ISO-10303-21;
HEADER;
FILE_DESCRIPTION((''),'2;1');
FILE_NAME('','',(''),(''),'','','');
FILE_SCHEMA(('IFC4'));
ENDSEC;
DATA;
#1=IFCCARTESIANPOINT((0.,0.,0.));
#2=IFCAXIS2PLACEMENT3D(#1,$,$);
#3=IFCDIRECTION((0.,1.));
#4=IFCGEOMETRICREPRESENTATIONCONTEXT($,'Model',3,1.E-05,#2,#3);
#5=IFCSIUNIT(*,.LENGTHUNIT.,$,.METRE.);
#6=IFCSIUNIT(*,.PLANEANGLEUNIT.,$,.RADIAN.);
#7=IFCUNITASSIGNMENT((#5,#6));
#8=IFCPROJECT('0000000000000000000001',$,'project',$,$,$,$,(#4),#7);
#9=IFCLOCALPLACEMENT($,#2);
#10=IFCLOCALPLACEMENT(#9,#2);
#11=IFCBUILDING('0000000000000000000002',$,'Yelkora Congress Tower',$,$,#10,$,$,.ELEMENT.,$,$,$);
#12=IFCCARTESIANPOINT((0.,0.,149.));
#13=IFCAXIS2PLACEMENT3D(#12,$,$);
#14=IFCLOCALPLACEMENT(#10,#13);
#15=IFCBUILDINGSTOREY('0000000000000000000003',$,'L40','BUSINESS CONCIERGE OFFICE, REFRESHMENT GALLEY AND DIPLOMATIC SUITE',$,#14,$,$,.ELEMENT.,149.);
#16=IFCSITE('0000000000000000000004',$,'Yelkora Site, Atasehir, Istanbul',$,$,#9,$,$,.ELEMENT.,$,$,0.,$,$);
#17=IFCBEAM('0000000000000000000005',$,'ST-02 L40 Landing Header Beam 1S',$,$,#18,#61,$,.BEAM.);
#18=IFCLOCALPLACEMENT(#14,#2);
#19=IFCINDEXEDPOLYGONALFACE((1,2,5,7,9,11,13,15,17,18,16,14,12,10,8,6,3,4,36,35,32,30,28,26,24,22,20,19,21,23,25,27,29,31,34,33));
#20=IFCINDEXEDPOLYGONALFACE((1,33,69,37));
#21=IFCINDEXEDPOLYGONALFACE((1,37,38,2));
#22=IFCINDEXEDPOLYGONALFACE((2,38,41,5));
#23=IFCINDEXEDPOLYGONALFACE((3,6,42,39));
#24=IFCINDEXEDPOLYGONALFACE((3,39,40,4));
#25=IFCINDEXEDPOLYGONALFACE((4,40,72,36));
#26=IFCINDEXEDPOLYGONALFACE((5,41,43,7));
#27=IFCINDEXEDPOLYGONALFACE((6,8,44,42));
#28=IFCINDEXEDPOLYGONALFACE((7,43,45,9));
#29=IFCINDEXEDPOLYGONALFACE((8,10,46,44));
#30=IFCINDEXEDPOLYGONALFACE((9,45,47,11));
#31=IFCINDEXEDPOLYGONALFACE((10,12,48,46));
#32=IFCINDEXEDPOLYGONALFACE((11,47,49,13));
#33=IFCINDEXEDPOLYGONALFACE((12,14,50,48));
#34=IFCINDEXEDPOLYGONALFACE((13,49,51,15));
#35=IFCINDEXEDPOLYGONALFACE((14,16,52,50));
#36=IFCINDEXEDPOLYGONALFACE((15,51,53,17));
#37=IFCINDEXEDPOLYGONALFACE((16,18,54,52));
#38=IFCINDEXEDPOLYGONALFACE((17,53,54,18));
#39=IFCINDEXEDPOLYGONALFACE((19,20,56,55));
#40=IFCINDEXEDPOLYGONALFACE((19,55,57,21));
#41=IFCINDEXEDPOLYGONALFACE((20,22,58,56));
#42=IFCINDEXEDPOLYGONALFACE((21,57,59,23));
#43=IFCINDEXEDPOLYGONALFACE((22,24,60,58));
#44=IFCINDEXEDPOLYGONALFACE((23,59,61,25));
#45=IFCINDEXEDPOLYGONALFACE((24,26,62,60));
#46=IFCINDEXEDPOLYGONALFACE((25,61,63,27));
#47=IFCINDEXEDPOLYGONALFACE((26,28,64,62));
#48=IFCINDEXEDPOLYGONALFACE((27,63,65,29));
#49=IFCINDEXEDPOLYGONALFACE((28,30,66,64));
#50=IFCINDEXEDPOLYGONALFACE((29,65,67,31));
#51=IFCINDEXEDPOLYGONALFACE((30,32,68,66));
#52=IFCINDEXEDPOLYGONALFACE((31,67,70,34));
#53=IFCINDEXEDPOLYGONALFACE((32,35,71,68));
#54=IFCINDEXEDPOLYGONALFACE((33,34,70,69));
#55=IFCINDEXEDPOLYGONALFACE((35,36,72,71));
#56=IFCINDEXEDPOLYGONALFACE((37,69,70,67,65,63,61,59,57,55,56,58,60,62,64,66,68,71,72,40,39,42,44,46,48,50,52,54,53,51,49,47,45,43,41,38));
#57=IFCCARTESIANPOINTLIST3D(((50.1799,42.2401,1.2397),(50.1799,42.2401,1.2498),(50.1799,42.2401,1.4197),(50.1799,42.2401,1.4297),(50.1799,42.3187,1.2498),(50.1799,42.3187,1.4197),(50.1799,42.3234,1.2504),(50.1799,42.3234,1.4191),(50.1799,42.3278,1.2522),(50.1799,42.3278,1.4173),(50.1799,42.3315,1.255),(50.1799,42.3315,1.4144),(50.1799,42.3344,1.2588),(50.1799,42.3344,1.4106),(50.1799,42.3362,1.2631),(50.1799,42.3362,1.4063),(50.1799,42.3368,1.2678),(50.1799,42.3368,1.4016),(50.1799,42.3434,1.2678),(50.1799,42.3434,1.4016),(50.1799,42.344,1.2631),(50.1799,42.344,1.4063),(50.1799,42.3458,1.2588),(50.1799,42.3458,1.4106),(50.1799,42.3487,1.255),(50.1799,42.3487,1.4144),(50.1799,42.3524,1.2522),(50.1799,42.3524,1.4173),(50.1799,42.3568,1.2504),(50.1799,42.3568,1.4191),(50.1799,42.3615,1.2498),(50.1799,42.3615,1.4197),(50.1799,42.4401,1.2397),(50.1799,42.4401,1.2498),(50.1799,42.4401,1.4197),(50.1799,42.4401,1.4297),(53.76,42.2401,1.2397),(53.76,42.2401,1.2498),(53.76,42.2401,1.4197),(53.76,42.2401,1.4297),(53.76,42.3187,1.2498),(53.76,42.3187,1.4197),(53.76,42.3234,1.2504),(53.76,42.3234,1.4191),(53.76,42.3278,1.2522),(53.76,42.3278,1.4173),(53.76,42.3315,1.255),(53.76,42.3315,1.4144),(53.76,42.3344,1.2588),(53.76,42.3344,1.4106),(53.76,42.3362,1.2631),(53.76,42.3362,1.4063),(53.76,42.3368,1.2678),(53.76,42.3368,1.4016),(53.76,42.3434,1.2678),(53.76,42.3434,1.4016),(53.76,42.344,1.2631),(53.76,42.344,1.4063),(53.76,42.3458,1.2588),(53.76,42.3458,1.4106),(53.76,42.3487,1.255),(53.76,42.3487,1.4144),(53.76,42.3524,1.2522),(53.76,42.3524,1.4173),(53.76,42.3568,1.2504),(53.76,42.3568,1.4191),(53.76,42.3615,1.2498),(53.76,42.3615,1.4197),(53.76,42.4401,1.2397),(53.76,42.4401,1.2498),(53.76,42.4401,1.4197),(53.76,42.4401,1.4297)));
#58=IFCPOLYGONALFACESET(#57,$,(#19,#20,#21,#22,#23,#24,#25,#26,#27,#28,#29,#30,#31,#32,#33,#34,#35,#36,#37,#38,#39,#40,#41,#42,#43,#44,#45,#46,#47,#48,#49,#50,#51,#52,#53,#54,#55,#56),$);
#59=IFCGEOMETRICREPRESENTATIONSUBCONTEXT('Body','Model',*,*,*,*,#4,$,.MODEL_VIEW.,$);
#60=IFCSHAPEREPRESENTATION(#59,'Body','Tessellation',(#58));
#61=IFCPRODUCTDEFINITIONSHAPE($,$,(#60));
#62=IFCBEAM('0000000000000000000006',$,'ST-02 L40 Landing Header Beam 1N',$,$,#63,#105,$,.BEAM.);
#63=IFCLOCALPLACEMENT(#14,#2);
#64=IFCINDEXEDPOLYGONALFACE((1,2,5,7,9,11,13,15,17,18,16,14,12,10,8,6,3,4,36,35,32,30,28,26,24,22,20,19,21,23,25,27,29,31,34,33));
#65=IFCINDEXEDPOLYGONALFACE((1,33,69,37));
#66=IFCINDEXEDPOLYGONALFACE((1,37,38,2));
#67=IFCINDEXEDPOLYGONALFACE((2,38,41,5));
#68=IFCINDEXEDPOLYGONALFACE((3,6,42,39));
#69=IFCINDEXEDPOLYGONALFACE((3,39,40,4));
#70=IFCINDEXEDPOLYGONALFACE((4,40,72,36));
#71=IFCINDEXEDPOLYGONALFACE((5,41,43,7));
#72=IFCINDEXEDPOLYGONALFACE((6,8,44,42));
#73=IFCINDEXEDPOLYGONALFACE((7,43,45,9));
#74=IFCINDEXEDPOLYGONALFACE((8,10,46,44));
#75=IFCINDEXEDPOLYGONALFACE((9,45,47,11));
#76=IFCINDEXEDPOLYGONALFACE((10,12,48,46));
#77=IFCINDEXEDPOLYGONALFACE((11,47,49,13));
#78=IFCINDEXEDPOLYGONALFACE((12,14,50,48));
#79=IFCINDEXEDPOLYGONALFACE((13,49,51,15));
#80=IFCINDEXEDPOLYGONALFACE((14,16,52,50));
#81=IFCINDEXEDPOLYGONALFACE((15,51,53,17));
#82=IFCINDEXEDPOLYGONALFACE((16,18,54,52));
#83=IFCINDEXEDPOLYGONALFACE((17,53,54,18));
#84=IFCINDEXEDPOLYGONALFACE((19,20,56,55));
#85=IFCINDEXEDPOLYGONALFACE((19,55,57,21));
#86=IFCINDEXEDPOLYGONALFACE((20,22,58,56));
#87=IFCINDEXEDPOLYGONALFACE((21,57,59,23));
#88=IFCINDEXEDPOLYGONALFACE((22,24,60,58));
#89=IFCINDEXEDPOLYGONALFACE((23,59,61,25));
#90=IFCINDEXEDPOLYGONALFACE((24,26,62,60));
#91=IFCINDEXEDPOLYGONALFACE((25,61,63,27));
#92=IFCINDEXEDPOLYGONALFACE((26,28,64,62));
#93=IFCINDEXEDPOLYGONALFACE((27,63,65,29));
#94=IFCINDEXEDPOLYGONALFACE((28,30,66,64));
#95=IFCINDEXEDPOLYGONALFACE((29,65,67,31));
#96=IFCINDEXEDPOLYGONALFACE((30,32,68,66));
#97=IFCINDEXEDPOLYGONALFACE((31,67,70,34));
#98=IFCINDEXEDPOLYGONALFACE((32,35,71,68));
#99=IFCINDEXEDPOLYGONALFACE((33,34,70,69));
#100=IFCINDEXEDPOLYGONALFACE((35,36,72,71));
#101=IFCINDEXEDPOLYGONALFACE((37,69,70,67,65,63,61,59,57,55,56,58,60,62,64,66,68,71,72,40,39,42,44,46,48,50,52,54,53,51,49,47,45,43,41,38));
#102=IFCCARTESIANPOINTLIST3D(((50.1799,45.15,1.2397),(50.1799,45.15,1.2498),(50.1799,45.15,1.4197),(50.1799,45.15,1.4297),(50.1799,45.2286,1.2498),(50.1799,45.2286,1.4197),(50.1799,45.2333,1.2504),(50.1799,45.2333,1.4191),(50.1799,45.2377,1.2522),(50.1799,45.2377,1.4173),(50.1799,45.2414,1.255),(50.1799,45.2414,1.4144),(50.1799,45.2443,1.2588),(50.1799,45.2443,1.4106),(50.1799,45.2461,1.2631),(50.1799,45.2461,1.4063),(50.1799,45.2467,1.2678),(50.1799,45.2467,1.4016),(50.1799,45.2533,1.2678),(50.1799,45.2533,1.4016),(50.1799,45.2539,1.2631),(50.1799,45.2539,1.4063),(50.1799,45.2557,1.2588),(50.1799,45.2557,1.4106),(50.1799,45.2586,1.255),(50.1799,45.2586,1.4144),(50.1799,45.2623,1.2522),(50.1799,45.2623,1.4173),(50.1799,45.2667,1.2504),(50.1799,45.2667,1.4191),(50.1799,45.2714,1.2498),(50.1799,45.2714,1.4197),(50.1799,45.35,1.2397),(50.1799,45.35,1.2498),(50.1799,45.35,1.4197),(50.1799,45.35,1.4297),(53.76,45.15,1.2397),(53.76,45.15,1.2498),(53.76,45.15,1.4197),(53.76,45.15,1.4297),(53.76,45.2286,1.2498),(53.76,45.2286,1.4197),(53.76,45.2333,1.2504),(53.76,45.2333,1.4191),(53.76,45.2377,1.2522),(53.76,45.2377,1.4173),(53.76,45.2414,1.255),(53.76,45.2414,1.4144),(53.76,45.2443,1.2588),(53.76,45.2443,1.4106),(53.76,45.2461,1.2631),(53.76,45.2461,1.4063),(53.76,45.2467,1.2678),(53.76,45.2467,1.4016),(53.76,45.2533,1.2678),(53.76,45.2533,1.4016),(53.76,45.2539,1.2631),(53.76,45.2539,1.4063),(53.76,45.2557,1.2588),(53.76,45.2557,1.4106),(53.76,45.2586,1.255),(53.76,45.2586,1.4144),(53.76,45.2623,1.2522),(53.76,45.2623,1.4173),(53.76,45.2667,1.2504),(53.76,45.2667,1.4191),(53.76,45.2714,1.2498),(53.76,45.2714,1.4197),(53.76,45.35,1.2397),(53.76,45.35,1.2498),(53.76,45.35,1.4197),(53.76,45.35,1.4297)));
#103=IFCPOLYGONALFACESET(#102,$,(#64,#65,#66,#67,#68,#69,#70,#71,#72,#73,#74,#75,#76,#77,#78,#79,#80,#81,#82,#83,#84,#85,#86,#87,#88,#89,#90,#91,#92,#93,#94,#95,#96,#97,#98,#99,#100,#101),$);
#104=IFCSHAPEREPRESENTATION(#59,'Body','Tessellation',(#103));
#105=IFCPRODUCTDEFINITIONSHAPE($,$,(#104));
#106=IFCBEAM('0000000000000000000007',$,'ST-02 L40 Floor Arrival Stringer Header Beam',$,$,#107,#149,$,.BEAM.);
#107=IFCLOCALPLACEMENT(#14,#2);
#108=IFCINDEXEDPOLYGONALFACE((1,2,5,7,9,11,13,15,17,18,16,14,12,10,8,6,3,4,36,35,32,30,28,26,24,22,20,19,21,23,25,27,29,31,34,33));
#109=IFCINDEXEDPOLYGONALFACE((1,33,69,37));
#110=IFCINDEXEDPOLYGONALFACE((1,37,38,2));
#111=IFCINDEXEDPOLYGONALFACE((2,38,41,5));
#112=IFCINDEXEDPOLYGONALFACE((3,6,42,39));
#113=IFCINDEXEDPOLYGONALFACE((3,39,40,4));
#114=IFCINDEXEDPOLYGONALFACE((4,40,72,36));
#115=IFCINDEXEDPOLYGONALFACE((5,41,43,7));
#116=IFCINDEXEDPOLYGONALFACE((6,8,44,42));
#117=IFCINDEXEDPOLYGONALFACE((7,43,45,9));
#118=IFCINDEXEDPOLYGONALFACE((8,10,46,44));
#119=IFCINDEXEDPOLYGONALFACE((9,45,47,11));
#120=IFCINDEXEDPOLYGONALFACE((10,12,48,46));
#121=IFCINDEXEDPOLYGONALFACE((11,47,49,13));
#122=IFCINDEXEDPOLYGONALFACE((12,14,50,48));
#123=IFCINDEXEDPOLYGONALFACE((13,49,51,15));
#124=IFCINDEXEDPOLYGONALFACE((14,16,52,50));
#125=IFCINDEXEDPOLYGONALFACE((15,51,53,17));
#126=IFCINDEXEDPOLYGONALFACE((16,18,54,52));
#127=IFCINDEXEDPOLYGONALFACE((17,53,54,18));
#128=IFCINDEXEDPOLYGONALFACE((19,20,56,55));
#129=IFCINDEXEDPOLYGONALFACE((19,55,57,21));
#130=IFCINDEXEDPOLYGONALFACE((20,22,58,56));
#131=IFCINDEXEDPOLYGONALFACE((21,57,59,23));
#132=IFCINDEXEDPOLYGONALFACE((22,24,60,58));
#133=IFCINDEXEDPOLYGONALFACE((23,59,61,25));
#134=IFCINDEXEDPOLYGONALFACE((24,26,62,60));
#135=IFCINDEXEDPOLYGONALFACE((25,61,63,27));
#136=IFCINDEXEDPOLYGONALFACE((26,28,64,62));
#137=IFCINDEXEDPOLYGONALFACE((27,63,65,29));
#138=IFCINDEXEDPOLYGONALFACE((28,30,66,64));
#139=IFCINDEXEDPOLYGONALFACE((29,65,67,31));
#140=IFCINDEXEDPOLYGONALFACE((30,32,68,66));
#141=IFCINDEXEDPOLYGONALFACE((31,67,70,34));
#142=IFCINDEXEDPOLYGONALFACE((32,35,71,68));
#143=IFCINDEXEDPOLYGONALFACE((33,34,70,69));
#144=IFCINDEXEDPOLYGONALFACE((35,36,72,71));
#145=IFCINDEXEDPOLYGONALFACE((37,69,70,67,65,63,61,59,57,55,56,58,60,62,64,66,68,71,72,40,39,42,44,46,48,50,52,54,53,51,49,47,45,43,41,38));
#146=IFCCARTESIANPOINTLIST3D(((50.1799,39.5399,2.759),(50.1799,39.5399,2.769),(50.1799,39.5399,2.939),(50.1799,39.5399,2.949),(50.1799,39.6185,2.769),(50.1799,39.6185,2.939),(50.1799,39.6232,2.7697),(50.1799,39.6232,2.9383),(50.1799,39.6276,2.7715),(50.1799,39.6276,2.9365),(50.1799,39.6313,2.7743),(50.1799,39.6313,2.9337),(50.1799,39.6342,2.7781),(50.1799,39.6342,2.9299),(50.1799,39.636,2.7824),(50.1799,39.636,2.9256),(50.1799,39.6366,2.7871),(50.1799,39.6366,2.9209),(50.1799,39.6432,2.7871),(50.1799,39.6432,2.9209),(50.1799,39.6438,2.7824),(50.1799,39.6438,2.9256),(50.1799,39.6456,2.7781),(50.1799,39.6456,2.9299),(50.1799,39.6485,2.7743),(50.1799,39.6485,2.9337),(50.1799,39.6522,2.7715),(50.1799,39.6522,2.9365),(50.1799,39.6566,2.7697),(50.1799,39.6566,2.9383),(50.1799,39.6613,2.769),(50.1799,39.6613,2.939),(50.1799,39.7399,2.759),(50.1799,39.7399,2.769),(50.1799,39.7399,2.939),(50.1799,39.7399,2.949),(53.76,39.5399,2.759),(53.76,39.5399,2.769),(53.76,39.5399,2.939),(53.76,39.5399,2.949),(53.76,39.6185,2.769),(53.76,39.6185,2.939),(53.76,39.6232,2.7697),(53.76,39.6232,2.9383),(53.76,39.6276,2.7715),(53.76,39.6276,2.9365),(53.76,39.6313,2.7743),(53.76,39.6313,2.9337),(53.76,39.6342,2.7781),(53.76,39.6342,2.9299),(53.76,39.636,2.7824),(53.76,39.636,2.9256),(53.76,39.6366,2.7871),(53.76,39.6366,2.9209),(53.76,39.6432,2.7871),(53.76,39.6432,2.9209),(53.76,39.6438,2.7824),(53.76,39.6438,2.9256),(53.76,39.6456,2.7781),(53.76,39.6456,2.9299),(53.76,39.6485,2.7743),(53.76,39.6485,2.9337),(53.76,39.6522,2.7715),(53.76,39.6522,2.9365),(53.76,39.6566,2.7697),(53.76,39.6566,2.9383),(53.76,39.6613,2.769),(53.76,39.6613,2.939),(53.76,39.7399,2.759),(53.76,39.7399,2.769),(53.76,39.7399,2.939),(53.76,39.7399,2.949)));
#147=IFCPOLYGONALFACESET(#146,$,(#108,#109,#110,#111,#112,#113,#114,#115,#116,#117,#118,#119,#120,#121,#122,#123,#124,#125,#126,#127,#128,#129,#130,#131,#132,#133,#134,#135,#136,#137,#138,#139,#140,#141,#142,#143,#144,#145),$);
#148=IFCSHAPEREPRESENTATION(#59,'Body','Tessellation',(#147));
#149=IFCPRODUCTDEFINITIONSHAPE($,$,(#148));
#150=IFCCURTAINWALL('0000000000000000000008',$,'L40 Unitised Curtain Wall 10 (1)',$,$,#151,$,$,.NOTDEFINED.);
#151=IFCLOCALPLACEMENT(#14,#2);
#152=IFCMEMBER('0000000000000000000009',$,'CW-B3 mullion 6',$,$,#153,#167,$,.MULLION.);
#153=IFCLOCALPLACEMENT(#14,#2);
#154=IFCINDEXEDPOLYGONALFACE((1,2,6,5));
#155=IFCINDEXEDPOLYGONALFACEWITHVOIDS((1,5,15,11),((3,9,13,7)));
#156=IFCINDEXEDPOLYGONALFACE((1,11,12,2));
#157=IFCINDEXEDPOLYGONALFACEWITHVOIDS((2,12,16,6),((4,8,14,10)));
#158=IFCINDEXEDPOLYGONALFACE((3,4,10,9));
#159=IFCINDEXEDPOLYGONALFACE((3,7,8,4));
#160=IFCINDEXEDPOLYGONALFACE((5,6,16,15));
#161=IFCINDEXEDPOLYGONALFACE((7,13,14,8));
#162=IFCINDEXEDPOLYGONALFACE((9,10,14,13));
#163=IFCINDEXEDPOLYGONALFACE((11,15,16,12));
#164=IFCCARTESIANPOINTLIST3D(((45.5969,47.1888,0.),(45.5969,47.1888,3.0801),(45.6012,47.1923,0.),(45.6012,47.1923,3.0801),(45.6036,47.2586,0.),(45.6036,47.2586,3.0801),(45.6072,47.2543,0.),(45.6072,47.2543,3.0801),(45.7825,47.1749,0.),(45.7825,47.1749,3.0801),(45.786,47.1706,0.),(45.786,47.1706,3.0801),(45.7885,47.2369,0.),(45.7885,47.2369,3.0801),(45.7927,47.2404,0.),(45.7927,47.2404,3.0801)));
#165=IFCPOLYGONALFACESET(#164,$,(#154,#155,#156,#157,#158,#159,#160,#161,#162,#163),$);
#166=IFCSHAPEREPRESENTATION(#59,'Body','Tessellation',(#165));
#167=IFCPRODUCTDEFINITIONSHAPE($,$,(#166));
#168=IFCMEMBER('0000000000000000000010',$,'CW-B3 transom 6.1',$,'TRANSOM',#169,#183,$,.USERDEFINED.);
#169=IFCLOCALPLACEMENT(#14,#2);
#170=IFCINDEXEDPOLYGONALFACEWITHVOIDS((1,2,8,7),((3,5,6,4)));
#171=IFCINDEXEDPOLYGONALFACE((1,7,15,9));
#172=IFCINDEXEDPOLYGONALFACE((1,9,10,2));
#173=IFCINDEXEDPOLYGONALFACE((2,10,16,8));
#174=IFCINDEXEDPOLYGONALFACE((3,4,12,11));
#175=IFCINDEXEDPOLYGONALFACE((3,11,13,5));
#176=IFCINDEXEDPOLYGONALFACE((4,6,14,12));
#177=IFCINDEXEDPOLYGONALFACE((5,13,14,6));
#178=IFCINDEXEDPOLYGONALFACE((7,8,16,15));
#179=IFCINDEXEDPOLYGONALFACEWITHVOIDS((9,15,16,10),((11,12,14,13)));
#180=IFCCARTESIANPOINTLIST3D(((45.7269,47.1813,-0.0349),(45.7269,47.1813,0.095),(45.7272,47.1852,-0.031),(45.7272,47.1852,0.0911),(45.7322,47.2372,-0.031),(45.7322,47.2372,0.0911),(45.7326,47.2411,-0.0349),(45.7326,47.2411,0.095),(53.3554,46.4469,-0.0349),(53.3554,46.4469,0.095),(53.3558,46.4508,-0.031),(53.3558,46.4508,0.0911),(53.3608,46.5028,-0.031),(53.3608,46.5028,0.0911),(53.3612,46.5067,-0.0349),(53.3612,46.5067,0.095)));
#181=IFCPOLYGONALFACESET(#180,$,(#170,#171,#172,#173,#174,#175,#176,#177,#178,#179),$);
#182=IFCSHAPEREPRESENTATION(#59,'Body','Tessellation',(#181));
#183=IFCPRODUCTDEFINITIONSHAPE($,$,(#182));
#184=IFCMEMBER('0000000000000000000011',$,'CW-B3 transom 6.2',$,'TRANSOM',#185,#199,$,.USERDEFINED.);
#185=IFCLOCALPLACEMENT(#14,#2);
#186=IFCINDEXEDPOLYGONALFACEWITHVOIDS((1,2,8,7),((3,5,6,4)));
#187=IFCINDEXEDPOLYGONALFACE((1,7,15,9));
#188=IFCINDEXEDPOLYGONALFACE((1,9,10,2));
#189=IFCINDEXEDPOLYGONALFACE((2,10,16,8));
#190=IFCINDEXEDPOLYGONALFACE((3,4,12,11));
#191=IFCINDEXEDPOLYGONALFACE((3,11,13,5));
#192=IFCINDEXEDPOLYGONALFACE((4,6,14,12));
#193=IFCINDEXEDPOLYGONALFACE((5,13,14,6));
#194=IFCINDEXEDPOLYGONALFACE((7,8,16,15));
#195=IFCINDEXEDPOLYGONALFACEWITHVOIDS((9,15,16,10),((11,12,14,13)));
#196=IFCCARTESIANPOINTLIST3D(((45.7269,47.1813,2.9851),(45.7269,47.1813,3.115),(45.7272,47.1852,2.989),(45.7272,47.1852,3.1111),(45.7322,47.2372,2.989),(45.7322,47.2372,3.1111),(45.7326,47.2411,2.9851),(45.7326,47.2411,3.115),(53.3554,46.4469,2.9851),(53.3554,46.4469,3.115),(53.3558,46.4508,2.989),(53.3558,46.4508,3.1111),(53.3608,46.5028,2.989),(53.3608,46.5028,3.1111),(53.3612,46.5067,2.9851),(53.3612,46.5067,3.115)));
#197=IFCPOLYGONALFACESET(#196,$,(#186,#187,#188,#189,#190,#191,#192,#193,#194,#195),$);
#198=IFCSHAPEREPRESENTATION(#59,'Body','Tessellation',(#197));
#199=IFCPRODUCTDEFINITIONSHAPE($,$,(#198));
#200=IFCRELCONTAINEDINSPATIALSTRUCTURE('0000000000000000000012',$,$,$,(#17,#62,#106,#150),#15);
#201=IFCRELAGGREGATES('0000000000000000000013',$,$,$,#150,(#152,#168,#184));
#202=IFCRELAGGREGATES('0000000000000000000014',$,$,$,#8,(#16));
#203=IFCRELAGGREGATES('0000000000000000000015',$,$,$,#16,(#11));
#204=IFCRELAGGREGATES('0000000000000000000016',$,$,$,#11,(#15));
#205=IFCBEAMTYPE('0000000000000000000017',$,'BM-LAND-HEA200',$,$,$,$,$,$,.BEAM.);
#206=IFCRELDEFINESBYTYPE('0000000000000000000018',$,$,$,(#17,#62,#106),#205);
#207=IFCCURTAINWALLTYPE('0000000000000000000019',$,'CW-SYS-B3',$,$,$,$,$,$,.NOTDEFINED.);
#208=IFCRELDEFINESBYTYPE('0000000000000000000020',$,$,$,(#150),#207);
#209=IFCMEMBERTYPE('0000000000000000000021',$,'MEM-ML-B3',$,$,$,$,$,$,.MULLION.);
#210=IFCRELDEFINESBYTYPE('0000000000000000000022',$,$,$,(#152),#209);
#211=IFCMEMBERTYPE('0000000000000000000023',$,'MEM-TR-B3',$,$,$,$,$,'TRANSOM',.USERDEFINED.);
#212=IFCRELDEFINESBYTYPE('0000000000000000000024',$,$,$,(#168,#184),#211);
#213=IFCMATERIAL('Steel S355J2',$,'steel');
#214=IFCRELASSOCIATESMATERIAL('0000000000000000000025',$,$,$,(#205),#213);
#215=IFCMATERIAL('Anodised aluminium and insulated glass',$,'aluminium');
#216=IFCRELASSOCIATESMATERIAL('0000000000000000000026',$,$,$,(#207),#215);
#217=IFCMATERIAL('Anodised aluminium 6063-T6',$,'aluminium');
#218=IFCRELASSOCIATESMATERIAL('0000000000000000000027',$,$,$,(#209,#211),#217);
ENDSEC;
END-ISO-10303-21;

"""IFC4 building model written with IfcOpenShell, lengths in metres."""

from ifc_helpers import new_model, si_unit, direction, frame, origin, origin_2d, place, context, subcontext, project, spatial, hollow_rectangle, i_section, extrude, material, material_profile, profile_set, type_object, element, aggregate, save


model = new_model("IFC4")

# Units and contexts
model_context = context("Model", 3, precision=1e-05, world=origin(), true_north=direction((0.0, 1.0)))
body_context = subcontext(model_context, "Body", "Model", "MODEL_VIEW")
ifc_project = project(units=[si_unit("LENGTHUNIT", "METRE"), si_unit("PLANEANGLEUNIT", "RADIAN")], contexts=[model_context])

# Site, building, storey
site_placement = place(None, origin())
site = spatial("IfcSite", under=ifc_project, at=site_placement, Name="Yelkora Site, Atasehir, Istanbul", CompositionType="ELEMENT", RefElevation=0.0)
building_placement = place(site_placement, origin())
building = spatial("IfcBuilding", under=site, at=building_placement, Name="Yelkora Congress Tower", CompositionType="ELEMENT")
storey_placement = place(building_placement, frame((0.0, 0.0, 149.0)))
storey = spatial("IfcBuildingStorey", under=building, at=storey_placement, Name="L40", Description="BUSINESS CONCIERGE OFFICE, REFRESHMENT GALLEY AND DIPLOMATIC SUITE", CompositionType="ELEMENT", Elevation=149.0)

# Beams
ifc_material_1 = material(Name="Steel S355J2", Category="steel")
ifc_material_profile_1 = material_profile(ifc_material_1, i_section(OverallWidth=0.2, OverallDepth=0.1899, WebThickness=0.0066, FlangeThickness=0.01, FilletRadius=0.0181, at=origin_2d()), Name="HEA 200")
ifc_profile_set_1 = profile_set([ifc_material_profile_1], Name="Steel S355J2")
beam_type_1 = type_object("IfcBeamType", Name="BM-LAND-HEA200", PredefinedType="BEAM", material=ifc_profile_set_1)
for number, where, z_axis, x_axis, name in (
    (1, (50.1799, 42.3401, 1.3347), (1.0, 0.0, 0.0), (0.0, 1.0, 0.0), "ST-02 L40 Landing Header Beam 1S"),
    (2, (50.1799, 45.25, 1.3347), (1.0, 0.0, 0.0), (0.0, 1.0, 0.0), "ST-02 L40 Landing Header Beam 1N"),
    (3, (50.1799, 39.6399, 2.854), (1.0, 0.0, 0.0), (0.0, 1.0, 0.0), "ST-02 L40 Floor Arrival Stringer Header Beam"),
):
    element("IfcBeam", number, at=place(storey_placement, frame(where, z_axis=z_axis, x_axis=x_axis)), inside=storey, type_object=beam_type_1, Name=name, PredefinedType="BEAM", context=body_context, shape_type="SweptSolid", body=[
        extrude(i_section(OverallWidth=0.2, OverallDepth=0.1899, WebThickness=0.0066, FlangeThickness=0.01, FilletRadius=0.0181, at=origin_2d()), origin(), (0.0, 0.0, 1.0), 3.5801),
    ])

# Curtain wall, members
ifc_material_2 = material(Name="Anodised aluminium and insulated glass", Category="aluminium")
curtain_wall_type = type_object("IfcCurtainWallType", Name="CW-SYS-B3", PredefinedType="NOTDEFINED", material=ifc_material_2)
curtain_wall_placement = place(storey_placement, origin())
curtain_wall = element("IfcCurtainWall", 4, at=curtain_wall_placement, inside=storey, type_object=curtain_wall_type, Name="L40 Unitised Curtain Wall 10 (1)", PredefinedType="NOTDEFINED")
ifc_material_3 = material(Name="Anodised aluminium 6063-T6", Category="aluminium")
ifc_material_profile_2 = material_profile(ifc_material_3, hollow_rectangle(XDim=0.0701, YDim=0.1899, WallThickness=0.0039, at=origin_2d()), Name="ALU 70x190x4")
ifc_profile_set_2 = profile_set([ifc_material_profile_2], Name="Anodised aluminium 6063-T6")
member_type_1 = type_object("IfcMemberType", Name="MEM-ML-B3", PredefinedType="MULLION", material=ifc_profile_set_2)
member_1_placement = place(storey_placement, frame((45.6948, 47.2146, 0.0), z_axis=(0.0, 0.0, 1.0), x_axis=(0.095845, 0.995396, 0.0)))
member_1 = element("IfcMember", 5, at=member_1_placement, type_object=member_type_1, Name="CW-B3 mullion 6", PredefinedType="MULLION", context=body_context, shape_type="SweptSolid", body=[
    extrude(hollow_rectangle(XDim=0.0701, YDim=0.1899, WallThickness=0.0039, at=origin_2d()), origin(), (0.0, 0.0, 1.0), 3.0801),
])
ifc_material_profile_3 = material_profile(ifc_material_3, hollow_rectangle(XDim=0.0601, YDim=0.1299, WallThickness=0.0039, at=origin_2d()), Name="ALU 60x130x4")
ifc_profile_set_3 = profile_set([ifc_material_profile_3], Name="Anodised aluminium 6063-T6")
member_type_2 = type_object("IfcMemberType", Name="MEM-TR-B3", ElementType="TRANSOM", PredefinedType="USERDEFINED", material=ifc_profile_set_3)
member_2_placement = place(storey_placement, frame((45.7297, 47.2112, 0.03), z_axis=(0.995398, -0.095822, 0.0), x_axis=(0.095822, 0.995398, 0.0)))
member_2 = element("IfcMember", 6, at=member_2_placement, type_object=member_type_2, Name="CW-B3 transom 6.1", ObjectType="TRANSOM", PredefinedType="USERDEFINED", context=body_context, shape_type="SweptSolid", body=[
    extrude(hollow_rectangle(XDim=0.0601, YDim=0.1299, WallThickness=0.0039, at=origin_2d()), origin(), (0.0, 0.0, 1.0), 7.6638),
])
member_3_placement = place(storey_placement, frame((45.7297, 47.2112, 3.05), z_axis=(0.995398, -0.095822, 0.0), x_axis=(0.095822, 0.995398, 0.0)))
member_3 = element("IfcMember", 7, at=member_3_placement, type_object=member_type_2, Name="CW-B3 transom 6.2", ObjectType="TRANSOM", PredefinedType="USERDEFINED", context=body_context, shape_type="SweptSolid", body=[
    extrude(hollow_rectangle(XDim=0.0601, YDim=0.1299, WallThickness=0.0039, at=origin_2d()), origin(), (0.0, 0.0, 1.0), 7.6638),
])
aggregate(curtain_wall, [member_1, member_2, member_3])

save(model, "model.ifc")
